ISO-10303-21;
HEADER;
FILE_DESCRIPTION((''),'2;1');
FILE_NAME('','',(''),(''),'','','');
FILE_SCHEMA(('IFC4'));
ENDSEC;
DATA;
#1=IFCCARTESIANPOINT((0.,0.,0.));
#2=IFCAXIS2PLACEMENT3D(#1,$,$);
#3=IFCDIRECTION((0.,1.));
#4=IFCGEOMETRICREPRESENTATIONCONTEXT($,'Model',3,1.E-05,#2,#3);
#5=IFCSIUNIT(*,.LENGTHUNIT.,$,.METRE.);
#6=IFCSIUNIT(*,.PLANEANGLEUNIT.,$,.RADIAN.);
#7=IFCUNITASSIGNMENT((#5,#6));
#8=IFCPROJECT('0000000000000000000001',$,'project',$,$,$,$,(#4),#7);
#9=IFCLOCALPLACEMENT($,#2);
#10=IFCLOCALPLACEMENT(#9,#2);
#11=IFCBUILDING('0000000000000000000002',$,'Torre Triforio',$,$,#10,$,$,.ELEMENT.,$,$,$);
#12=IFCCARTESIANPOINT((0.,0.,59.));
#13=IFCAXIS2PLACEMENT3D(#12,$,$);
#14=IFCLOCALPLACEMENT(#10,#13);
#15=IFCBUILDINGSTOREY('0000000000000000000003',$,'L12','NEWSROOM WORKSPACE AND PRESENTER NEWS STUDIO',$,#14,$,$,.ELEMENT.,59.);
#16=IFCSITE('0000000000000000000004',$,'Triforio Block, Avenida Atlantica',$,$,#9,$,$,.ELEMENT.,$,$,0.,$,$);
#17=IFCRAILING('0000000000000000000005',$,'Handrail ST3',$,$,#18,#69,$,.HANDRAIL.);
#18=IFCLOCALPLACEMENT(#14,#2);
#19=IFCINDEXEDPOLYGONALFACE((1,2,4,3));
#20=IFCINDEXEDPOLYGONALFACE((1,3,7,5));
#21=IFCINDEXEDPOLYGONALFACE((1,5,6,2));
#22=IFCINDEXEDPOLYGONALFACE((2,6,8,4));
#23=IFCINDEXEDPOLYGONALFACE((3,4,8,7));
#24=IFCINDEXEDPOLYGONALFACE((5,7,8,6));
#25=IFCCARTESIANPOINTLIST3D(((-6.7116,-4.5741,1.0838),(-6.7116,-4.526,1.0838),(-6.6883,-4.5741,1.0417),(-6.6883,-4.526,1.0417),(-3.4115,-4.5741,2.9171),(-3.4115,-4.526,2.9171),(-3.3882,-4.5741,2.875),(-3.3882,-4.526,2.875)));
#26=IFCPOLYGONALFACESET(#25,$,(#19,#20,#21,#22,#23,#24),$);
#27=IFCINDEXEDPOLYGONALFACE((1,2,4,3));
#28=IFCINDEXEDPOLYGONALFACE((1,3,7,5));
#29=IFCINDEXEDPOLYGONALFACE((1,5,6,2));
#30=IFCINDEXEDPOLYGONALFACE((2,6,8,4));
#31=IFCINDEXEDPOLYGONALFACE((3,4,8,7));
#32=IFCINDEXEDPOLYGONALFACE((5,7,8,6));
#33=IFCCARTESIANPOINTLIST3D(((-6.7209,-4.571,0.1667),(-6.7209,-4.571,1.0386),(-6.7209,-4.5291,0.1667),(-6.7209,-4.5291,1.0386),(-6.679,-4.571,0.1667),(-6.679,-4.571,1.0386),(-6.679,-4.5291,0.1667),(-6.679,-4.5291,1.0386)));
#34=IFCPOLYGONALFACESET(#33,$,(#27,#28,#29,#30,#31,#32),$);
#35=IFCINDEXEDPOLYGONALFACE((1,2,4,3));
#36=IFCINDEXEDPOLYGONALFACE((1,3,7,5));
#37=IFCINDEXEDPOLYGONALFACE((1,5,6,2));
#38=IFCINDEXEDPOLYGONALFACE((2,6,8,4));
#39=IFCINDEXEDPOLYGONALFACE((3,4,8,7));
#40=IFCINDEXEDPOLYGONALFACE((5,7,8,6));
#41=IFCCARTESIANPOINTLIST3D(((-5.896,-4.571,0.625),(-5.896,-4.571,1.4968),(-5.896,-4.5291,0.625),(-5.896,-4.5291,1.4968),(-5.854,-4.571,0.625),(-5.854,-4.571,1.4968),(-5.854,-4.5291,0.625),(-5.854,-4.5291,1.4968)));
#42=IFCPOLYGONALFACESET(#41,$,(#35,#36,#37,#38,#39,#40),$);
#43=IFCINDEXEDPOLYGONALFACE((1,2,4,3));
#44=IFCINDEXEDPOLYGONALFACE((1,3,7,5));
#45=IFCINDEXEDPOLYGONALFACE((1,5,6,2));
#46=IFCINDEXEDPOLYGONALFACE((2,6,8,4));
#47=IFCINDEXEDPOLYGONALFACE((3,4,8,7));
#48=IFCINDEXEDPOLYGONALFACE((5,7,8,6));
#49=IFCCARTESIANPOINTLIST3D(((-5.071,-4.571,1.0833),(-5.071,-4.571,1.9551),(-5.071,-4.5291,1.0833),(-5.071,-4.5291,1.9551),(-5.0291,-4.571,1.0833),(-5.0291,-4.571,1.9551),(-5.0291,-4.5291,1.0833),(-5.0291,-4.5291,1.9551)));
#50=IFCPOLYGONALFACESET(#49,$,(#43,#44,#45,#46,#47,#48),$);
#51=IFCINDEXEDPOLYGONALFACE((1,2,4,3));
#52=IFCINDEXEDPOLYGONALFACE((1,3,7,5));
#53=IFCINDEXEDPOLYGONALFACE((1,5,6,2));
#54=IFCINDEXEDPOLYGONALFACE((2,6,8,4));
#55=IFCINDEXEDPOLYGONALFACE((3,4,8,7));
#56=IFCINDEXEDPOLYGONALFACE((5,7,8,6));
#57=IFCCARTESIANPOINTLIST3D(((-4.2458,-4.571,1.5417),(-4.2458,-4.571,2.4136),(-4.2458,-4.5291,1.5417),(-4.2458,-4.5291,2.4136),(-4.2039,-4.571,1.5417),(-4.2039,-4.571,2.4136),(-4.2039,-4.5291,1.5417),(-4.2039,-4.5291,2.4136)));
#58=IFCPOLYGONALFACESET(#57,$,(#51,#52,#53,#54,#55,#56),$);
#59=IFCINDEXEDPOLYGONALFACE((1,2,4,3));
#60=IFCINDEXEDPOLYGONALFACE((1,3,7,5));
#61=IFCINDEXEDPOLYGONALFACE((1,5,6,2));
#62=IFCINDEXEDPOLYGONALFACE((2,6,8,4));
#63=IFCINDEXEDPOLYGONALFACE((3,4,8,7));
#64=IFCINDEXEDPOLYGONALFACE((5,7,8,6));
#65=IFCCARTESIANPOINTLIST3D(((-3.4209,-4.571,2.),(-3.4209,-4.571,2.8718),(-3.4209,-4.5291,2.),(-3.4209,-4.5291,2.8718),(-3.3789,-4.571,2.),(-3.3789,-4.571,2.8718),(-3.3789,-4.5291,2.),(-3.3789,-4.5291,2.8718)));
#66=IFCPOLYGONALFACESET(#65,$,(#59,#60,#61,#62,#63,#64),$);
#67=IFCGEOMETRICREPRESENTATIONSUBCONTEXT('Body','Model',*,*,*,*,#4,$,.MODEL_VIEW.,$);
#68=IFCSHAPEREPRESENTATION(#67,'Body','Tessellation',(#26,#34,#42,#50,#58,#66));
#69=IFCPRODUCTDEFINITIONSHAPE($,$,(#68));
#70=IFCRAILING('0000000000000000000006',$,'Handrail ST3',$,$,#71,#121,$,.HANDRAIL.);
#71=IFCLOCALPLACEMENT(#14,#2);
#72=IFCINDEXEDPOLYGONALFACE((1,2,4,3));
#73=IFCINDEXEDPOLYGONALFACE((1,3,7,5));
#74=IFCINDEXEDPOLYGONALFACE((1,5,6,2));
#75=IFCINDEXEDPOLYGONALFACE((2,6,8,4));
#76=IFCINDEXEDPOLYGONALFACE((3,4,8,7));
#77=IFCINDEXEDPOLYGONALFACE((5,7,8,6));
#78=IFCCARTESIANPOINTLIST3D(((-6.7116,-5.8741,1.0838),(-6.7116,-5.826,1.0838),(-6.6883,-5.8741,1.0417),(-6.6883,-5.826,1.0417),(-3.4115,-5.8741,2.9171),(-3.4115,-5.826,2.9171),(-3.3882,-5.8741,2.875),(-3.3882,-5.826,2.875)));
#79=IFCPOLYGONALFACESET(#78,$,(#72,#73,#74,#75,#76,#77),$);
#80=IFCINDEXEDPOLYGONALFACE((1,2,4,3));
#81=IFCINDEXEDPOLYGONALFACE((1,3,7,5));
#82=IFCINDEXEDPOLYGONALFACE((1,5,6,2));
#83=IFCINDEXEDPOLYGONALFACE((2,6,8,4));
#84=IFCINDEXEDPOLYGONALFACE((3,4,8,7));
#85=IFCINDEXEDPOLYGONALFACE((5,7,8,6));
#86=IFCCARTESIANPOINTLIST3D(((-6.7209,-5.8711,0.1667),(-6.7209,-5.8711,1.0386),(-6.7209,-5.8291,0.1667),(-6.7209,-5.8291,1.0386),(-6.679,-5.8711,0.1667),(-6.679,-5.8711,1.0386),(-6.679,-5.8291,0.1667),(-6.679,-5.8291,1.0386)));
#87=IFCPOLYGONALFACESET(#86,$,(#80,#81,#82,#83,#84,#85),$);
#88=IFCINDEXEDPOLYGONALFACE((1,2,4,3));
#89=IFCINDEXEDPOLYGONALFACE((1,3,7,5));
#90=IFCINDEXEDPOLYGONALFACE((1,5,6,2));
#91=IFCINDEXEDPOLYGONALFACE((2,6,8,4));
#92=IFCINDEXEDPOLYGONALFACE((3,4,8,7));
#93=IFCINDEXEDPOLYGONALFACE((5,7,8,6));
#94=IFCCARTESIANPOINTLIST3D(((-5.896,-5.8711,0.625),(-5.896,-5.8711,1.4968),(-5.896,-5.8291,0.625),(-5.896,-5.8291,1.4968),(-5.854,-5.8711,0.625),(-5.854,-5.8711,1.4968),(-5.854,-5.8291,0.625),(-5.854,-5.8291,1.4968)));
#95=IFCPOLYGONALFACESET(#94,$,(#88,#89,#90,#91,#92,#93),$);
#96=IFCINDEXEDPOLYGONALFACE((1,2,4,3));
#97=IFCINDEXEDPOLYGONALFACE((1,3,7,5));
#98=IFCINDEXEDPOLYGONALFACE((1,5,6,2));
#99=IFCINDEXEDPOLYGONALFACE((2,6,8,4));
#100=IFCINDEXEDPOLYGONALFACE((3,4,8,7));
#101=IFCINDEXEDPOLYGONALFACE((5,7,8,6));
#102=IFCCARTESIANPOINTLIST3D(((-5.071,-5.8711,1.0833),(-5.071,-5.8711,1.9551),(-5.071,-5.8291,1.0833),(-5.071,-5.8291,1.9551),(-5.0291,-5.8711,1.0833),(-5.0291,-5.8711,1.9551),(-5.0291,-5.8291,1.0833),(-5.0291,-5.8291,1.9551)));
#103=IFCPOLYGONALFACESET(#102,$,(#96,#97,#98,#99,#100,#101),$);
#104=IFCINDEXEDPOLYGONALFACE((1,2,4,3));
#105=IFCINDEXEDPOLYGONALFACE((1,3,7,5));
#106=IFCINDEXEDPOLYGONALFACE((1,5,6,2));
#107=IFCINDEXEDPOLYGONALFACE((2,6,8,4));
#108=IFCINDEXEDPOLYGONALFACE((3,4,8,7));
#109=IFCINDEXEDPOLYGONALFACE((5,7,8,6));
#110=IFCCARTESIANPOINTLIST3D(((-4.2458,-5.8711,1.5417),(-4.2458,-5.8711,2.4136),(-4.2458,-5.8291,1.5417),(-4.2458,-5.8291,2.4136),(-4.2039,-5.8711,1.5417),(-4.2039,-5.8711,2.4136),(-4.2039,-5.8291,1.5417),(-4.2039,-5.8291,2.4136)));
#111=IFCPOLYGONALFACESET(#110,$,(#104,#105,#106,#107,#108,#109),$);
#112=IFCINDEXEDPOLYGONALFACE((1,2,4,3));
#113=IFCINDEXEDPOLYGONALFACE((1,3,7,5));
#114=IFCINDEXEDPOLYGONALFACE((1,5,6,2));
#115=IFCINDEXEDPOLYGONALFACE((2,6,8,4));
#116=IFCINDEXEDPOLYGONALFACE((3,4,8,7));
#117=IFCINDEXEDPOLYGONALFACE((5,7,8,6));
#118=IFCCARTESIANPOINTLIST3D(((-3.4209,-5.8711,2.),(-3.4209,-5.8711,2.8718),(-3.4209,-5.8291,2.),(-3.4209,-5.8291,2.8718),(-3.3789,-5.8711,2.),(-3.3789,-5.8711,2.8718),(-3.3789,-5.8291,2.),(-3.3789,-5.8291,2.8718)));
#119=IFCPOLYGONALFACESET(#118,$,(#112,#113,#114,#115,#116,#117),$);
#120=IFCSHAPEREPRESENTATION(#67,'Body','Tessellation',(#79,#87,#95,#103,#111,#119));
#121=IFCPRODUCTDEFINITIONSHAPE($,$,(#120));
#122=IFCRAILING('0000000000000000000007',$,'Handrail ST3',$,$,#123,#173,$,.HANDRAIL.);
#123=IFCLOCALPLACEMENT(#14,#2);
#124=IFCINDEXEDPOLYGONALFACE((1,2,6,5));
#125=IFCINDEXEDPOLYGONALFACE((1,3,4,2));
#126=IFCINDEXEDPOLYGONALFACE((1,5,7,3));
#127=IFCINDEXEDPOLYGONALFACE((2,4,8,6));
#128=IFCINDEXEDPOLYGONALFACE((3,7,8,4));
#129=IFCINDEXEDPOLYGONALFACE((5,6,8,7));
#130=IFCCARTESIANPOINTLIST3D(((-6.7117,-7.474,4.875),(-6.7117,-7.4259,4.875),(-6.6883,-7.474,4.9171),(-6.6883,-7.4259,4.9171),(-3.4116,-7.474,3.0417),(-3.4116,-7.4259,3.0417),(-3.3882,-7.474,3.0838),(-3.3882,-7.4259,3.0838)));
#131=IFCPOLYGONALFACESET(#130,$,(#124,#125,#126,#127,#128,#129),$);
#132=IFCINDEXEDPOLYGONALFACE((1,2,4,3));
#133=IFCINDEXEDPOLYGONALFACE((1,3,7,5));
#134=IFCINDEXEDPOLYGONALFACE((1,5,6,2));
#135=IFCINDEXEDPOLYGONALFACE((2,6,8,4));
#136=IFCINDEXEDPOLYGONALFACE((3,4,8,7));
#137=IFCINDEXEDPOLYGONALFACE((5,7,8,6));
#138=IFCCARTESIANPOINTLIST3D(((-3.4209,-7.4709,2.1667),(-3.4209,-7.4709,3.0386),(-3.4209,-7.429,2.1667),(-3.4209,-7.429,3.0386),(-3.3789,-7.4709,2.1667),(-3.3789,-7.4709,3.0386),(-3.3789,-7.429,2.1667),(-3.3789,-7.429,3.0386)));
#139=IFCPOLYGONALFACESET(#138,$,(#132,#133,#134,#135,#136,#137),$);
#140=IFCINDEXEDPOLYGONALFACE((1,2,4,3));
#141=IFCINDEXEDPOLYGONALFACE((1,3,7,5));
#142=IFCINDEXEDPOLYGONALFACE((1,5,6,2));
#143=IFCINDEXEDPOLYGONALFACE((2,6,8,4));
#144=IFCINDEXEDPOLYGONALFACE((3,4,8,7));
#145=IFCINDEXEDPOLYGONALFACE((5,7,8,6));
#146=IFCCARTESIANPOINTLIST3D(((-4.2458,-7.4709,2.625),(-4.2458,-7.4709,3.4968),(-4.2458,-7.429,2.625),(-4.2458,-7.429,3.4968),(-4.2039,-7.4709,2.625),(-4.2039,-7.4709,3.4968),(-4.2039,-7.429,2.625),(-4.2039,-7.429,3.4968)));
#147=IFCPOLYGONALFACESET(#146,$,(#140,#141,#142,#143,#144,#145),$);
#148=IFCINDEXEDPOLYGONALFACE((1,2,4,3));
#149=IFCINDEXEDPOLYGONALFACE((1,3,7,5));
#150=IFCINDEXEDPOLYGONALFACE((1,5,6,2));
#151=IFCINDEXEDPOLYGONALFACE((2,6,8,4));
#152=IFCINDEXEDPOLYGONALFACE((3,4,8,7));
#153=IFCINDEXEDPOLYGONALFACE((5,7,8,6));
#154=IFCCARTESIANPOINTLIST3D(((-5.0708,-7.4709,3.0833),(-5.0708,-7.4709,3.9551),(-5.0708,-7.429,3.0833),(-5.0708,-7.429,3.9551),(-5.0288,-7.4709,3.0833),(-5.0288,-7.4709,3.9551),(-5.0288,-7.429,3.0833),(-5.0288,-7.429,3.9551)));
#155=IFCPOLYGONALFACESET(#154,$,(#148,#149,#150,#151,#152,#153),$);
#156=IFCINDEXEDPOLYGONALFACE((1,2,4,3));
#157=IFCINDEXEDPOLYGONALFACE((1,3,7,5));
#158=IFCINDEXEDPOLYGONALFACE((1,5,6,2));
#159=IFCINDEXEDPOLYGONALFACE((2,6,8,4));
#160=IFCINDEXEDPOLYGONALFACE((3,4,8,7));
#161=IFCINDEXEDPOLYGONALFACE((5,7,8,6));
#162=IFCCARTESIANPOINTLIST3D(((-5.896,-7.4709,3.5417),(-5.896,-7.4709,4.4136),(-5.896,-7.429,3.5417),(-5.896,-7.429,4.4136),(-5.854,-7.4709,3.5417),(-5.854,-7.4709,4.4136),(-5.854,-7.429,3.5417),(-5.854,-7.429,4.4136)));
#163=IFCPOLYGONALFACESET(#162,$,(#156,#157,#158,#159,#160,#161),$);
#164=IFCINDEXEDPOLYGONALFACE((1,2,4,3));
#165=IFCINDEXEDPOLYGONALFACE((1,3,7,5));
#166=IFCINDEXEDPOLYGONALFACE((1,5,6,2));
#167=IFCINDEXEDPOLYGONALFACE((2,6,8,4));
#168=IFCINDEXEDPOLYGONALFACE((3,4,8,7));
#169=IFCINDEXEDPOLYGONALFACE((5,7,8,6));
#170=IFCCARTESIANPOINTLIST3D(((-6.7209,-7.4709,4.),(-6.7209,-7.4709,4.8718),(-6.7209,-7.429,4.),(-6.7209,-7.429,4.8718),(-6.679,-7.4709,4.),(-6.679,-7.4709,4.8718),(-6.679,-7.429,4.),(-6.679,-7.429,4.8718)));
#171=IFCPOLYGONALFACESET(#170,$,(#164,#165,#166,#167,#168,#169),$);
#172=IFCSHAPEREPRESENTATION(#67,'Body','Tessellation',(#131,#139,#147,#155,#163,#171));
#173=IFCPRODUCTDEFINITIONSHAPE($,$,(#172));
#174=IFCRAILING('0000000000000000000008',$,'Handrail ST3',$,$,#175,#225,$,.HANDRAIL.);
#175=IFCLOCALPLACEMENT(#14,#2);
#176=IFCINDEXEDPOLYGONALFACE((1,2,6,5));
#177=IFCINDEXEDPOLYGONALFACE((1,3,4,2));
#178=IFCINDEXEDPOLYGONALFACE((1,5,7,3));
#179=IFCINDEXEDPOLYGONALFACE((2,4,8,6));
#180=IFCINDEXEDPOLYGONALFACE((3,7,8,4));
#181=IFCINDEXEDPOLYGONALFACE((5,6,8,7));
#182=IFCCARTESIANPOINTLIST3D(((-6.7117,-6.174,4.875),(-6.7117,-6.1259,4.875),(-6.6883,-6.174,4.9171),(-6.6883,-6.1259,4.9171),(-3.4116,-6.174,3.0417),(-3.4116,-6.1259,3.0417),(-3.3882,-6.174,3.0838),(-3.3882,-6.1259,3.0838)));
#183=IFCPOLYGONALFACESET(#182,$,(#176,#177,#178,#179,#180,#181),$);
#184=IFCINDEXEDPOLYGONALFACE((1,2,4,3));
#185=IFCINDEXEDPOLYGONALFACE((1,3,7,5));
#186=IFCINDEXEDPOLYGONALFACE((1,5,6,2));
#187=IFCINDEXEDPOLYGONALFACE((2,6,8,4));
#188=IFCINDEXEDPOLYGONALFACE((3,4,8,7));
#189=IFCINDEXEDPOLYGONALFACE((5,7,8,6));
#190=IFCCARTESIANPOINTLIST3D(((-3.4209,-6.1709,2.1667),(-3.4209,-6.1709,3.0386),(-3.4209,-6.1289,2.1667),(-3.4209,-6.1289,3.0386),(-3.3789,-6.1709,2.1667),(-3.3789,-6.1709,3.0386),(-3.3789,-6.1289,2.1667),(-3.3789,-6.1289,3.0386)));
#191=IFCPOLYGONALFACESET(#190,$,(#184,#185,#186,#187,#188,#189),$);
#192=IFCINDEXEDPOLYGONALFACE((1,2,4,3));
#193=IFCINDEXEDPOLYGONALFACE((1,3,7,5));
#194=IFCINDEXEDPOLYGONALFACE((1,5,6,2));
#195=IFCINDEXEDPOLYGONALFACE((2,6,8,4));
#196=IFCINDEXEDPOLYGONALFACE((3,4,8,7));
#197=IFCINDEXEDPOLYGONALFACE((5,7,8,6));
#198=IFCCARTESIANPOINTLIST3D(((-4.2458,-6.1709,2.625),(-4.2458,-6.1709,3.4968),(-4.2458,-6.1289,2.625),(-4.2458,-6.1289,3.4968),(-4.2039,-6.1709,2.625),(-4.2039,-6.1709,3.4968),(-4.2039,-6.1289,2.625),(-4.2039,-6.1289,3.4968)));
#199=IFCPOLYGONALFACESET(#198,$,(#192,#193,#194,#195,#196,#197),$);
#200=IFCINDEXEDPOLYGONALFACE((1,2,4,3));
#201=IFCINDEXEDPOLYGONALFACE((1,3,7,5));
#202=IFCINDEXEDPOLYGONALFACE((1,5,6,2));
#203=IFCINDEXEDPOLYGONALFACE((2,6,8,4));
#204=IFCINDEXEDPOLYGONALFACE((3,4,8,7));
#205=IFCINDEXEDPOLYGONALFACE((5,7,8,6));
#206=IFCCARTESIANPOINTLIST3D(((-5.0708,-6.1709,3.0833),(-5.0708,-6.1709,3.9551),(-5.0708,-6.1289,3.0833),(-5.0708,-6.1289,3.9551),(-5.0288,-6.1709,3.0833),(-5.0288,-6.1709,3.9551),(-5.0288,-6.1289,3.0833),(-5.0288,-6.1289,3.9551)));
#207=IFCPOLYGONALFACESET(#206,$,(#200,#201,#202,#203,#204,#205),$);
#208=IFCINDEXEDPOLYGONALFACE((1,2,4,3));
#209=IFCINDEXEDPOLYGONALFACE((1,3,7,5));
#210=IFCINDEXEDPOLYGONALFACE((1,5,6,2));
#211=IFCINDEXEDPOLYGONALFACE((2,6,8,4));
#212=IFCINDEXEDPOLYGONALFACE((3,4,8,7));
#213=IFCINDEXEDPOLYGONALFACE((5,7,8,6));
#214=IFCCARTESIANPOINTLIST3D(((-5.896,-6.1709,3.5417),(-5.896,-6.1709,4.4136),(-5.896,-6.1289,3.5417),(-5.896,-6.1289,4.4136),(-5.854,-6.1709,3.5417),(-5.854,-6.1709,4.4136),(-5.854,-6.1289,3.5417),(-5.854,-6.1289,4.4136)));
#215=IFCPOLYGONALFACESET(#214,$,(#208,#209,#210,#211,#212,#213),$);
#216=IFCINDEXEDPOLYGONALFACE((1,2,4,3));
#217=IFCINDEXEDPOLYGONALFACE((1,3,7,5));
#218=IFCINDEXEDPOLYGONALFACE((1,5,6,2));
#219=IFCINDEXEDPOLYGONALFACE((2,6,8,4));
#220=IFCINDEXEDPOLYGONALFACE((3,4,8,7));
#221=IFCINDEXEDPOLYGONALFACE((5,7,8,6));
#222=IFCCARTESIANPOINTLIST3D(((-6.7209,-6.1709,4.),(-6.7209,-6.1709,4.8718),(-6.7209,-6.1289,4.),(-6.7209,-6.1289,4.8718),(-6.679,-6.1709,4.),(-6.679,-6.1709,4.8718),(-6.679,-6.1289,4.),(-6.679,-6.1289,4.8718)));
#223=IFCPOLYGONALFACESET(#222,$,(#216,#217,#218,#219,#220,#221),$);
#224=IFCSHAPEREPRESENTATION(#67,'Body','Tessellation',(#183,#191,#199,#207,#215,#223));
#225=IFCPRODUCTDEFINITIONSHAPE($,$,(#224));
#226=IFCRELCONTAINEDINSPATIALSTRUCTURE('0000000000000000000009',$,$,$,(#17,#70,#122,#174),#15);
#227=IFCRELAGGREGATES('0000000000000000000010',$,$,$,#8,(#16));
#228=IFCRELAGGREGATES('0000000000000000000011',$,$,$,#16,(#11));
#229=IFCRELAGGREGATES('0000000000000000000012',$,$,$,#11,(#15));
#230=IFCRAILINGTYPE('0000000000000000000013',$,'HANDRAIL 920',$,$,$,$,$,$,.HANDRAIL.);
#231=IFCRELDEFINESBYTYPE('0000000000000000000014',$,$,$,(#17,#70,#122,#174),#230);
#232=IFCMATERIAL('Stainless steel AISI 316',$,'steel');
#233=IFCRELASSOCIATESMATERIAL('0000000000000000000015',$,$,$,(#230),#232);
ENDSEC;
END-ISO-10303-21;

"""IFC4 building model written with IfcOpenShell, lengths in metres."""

from ifc_helpers import new_model, si_unit, direction, frame, origin, origin_2d, place, context, subcontext, project, spatial, rectangle, extrude, material, type_object, element, save


model = new_model("IFC4")

# Units and contexts
model_context = context("Model", 3, precision=1e-05, world=origin(), true_north=direction((0.0, 1.0)))
body_context = subcontext(model_context, "Body", "Model", "MODEL_VIEW")
ifc_project = project(units=[si_unit("LENGTHUNIT", "METRE"), si_unit("PLANEANGLEUNIT", "RADIAN")], contexts=[model_context])

# Site, building, storey
site_placement = place(None, origin())
site = spatial("IfcSite", under=ifc_project, at=site_placement, Name="Triforio Block, Avenida Atlantica", CompositionType="ELEMENT", RefElevation=0.0)
building_placement = place(site_placement, origin())
building = spatial("IfcBuilding", under=site, at=building_placement, Name="Torre Triforio", CompositionType="ELEMENT")
storey_placement = place(building_placement, frame((0.0, 0.0, 59.0)))
storey = spatial("IfcBuildingStorey", under=building, at=storey_placement, Name="L12", Description="NEWSROOM WORKSPACE AND PRESENTER NEWS STUDIO", CompositionType="ELEMENT", Elevation=59.0)

# Railings
ifc_material_1 = material(Name="Stainless steel AISI 316", Category="steel")
railing_type = type_object("IfcRailingType", Name="HANDRAIL 920", PredefinedType="HANDRAIL", material=ifc_material_1)
for number, where, name in (
    (1, (-6.7, -4.55, 0.1667), "Handrail ST3"),
    (2, (-6.7, -5.8501, 0.1667), "Handrail ST3"),
):
    element("IfcRailing", number, at=place(storey_placement, frame(where)), inside=storey, type_object=railing_type, Name=name, PredefinedType="HANDRAIL", context=body_context, shape_type="SweptSolid", body=[
        extrude(rectangle(XDim=0.0481, YDim=0.0481, at=origin_2d()), frame((0.0, 0.0, 0.896), z_axis=(0.874169, 0.0, 0.485621), x_axis=(0.0, 1.0, 0.0)), (0.0, 0.0, 1.0), 3.7751),
        extrude(rectangle(XDim=0.042, YDim=0.042, at=origin_2d()), origin(), (0.0, 0.0, 1.0), 0.8718),
        extrude(rectangle(XDim=0.042, YDim=0.042, at=origin_2d()), frame((0.825, 0.0, 0.4583)), (0.0, 0.0, 1.0), 0.8718),
        extrude(rectangle(XDim=0.042, YDim=0.042, at=origin_2d()), frame((1.6499, 0.0, 0.9165)), (0.0, 0.0, 1.0), 0.8718),
        extrude(rectangle(XDim=0.042, YDim=0.042, at=origin_2d()), frame((2.4751, 0.0, 1.375)), (0.0, 0.0, 1.0), 0.8718),
        extrude(rectangle(XDim=0.042, YDim=0.042, at=origin_2d()), frame((3.3, 0.0, 1.8333)), (0.0, 0.0, 1.0), 0.8718),
    ])
for number, where, name in (
    (3, (-3.3999, -7.45, 2.1667), "Handrail ST3"),
    (4, (-3.3999, -6.1499, 2.1667), "Handrail ST3"),
):
    element("IfcRailing", number, at=place(storey_placement, frame(where)), inside=storey, type_object=railing_type, Name=name, PredefinedType="HANDRAIL", context=body_context, shape_type="SweptSolid", body=[
        extrude(rectangle(XDim=0.0481, YDim=0.0481, at=origin_2d()), frame((0.0, 0.0, 0.896), z_axis=(-0.874169, 0.0, 0.485621), x_axis=(0.0, -1.0, 0.0)), (0.0, 0.0, 1.0), 3.7751),
        extrude(rectangle(XDim=0.042, YDim=0.042, at=origin_2d()), origin(), (0.0, 0.0, 1.0), 0.8718),
        extrude(rectangle(XDim=0.042, YDim=0.042, at=origin_2d()), frame((-0.825, 0.0, 0.4583)), (0.0, 0.0, 1.0), 0.8718),
        extrude(rectangle(XDim=0.042, YDim=0.042, at=origin_2d()), frame((-1.6499, 0.0, 0.9165)), (0.0, 0.0, 1.0), 0.8718),
        extrude(rectangle(XDim=0.042, YDim=0.042, at=origin_2d()), frame((-2.4751, 0.0, 1.375)), (0.0, 0.0, 1.0), 0.8718),
        extrude(rectangle(XDim=0.042, YDim=0.042, at=origin_2d()), frame((-3.3, 0.0, 1.8333)), (0.0, 0.0, 1.0), 0.8718),
    ])

save(model, "model.ifc")
